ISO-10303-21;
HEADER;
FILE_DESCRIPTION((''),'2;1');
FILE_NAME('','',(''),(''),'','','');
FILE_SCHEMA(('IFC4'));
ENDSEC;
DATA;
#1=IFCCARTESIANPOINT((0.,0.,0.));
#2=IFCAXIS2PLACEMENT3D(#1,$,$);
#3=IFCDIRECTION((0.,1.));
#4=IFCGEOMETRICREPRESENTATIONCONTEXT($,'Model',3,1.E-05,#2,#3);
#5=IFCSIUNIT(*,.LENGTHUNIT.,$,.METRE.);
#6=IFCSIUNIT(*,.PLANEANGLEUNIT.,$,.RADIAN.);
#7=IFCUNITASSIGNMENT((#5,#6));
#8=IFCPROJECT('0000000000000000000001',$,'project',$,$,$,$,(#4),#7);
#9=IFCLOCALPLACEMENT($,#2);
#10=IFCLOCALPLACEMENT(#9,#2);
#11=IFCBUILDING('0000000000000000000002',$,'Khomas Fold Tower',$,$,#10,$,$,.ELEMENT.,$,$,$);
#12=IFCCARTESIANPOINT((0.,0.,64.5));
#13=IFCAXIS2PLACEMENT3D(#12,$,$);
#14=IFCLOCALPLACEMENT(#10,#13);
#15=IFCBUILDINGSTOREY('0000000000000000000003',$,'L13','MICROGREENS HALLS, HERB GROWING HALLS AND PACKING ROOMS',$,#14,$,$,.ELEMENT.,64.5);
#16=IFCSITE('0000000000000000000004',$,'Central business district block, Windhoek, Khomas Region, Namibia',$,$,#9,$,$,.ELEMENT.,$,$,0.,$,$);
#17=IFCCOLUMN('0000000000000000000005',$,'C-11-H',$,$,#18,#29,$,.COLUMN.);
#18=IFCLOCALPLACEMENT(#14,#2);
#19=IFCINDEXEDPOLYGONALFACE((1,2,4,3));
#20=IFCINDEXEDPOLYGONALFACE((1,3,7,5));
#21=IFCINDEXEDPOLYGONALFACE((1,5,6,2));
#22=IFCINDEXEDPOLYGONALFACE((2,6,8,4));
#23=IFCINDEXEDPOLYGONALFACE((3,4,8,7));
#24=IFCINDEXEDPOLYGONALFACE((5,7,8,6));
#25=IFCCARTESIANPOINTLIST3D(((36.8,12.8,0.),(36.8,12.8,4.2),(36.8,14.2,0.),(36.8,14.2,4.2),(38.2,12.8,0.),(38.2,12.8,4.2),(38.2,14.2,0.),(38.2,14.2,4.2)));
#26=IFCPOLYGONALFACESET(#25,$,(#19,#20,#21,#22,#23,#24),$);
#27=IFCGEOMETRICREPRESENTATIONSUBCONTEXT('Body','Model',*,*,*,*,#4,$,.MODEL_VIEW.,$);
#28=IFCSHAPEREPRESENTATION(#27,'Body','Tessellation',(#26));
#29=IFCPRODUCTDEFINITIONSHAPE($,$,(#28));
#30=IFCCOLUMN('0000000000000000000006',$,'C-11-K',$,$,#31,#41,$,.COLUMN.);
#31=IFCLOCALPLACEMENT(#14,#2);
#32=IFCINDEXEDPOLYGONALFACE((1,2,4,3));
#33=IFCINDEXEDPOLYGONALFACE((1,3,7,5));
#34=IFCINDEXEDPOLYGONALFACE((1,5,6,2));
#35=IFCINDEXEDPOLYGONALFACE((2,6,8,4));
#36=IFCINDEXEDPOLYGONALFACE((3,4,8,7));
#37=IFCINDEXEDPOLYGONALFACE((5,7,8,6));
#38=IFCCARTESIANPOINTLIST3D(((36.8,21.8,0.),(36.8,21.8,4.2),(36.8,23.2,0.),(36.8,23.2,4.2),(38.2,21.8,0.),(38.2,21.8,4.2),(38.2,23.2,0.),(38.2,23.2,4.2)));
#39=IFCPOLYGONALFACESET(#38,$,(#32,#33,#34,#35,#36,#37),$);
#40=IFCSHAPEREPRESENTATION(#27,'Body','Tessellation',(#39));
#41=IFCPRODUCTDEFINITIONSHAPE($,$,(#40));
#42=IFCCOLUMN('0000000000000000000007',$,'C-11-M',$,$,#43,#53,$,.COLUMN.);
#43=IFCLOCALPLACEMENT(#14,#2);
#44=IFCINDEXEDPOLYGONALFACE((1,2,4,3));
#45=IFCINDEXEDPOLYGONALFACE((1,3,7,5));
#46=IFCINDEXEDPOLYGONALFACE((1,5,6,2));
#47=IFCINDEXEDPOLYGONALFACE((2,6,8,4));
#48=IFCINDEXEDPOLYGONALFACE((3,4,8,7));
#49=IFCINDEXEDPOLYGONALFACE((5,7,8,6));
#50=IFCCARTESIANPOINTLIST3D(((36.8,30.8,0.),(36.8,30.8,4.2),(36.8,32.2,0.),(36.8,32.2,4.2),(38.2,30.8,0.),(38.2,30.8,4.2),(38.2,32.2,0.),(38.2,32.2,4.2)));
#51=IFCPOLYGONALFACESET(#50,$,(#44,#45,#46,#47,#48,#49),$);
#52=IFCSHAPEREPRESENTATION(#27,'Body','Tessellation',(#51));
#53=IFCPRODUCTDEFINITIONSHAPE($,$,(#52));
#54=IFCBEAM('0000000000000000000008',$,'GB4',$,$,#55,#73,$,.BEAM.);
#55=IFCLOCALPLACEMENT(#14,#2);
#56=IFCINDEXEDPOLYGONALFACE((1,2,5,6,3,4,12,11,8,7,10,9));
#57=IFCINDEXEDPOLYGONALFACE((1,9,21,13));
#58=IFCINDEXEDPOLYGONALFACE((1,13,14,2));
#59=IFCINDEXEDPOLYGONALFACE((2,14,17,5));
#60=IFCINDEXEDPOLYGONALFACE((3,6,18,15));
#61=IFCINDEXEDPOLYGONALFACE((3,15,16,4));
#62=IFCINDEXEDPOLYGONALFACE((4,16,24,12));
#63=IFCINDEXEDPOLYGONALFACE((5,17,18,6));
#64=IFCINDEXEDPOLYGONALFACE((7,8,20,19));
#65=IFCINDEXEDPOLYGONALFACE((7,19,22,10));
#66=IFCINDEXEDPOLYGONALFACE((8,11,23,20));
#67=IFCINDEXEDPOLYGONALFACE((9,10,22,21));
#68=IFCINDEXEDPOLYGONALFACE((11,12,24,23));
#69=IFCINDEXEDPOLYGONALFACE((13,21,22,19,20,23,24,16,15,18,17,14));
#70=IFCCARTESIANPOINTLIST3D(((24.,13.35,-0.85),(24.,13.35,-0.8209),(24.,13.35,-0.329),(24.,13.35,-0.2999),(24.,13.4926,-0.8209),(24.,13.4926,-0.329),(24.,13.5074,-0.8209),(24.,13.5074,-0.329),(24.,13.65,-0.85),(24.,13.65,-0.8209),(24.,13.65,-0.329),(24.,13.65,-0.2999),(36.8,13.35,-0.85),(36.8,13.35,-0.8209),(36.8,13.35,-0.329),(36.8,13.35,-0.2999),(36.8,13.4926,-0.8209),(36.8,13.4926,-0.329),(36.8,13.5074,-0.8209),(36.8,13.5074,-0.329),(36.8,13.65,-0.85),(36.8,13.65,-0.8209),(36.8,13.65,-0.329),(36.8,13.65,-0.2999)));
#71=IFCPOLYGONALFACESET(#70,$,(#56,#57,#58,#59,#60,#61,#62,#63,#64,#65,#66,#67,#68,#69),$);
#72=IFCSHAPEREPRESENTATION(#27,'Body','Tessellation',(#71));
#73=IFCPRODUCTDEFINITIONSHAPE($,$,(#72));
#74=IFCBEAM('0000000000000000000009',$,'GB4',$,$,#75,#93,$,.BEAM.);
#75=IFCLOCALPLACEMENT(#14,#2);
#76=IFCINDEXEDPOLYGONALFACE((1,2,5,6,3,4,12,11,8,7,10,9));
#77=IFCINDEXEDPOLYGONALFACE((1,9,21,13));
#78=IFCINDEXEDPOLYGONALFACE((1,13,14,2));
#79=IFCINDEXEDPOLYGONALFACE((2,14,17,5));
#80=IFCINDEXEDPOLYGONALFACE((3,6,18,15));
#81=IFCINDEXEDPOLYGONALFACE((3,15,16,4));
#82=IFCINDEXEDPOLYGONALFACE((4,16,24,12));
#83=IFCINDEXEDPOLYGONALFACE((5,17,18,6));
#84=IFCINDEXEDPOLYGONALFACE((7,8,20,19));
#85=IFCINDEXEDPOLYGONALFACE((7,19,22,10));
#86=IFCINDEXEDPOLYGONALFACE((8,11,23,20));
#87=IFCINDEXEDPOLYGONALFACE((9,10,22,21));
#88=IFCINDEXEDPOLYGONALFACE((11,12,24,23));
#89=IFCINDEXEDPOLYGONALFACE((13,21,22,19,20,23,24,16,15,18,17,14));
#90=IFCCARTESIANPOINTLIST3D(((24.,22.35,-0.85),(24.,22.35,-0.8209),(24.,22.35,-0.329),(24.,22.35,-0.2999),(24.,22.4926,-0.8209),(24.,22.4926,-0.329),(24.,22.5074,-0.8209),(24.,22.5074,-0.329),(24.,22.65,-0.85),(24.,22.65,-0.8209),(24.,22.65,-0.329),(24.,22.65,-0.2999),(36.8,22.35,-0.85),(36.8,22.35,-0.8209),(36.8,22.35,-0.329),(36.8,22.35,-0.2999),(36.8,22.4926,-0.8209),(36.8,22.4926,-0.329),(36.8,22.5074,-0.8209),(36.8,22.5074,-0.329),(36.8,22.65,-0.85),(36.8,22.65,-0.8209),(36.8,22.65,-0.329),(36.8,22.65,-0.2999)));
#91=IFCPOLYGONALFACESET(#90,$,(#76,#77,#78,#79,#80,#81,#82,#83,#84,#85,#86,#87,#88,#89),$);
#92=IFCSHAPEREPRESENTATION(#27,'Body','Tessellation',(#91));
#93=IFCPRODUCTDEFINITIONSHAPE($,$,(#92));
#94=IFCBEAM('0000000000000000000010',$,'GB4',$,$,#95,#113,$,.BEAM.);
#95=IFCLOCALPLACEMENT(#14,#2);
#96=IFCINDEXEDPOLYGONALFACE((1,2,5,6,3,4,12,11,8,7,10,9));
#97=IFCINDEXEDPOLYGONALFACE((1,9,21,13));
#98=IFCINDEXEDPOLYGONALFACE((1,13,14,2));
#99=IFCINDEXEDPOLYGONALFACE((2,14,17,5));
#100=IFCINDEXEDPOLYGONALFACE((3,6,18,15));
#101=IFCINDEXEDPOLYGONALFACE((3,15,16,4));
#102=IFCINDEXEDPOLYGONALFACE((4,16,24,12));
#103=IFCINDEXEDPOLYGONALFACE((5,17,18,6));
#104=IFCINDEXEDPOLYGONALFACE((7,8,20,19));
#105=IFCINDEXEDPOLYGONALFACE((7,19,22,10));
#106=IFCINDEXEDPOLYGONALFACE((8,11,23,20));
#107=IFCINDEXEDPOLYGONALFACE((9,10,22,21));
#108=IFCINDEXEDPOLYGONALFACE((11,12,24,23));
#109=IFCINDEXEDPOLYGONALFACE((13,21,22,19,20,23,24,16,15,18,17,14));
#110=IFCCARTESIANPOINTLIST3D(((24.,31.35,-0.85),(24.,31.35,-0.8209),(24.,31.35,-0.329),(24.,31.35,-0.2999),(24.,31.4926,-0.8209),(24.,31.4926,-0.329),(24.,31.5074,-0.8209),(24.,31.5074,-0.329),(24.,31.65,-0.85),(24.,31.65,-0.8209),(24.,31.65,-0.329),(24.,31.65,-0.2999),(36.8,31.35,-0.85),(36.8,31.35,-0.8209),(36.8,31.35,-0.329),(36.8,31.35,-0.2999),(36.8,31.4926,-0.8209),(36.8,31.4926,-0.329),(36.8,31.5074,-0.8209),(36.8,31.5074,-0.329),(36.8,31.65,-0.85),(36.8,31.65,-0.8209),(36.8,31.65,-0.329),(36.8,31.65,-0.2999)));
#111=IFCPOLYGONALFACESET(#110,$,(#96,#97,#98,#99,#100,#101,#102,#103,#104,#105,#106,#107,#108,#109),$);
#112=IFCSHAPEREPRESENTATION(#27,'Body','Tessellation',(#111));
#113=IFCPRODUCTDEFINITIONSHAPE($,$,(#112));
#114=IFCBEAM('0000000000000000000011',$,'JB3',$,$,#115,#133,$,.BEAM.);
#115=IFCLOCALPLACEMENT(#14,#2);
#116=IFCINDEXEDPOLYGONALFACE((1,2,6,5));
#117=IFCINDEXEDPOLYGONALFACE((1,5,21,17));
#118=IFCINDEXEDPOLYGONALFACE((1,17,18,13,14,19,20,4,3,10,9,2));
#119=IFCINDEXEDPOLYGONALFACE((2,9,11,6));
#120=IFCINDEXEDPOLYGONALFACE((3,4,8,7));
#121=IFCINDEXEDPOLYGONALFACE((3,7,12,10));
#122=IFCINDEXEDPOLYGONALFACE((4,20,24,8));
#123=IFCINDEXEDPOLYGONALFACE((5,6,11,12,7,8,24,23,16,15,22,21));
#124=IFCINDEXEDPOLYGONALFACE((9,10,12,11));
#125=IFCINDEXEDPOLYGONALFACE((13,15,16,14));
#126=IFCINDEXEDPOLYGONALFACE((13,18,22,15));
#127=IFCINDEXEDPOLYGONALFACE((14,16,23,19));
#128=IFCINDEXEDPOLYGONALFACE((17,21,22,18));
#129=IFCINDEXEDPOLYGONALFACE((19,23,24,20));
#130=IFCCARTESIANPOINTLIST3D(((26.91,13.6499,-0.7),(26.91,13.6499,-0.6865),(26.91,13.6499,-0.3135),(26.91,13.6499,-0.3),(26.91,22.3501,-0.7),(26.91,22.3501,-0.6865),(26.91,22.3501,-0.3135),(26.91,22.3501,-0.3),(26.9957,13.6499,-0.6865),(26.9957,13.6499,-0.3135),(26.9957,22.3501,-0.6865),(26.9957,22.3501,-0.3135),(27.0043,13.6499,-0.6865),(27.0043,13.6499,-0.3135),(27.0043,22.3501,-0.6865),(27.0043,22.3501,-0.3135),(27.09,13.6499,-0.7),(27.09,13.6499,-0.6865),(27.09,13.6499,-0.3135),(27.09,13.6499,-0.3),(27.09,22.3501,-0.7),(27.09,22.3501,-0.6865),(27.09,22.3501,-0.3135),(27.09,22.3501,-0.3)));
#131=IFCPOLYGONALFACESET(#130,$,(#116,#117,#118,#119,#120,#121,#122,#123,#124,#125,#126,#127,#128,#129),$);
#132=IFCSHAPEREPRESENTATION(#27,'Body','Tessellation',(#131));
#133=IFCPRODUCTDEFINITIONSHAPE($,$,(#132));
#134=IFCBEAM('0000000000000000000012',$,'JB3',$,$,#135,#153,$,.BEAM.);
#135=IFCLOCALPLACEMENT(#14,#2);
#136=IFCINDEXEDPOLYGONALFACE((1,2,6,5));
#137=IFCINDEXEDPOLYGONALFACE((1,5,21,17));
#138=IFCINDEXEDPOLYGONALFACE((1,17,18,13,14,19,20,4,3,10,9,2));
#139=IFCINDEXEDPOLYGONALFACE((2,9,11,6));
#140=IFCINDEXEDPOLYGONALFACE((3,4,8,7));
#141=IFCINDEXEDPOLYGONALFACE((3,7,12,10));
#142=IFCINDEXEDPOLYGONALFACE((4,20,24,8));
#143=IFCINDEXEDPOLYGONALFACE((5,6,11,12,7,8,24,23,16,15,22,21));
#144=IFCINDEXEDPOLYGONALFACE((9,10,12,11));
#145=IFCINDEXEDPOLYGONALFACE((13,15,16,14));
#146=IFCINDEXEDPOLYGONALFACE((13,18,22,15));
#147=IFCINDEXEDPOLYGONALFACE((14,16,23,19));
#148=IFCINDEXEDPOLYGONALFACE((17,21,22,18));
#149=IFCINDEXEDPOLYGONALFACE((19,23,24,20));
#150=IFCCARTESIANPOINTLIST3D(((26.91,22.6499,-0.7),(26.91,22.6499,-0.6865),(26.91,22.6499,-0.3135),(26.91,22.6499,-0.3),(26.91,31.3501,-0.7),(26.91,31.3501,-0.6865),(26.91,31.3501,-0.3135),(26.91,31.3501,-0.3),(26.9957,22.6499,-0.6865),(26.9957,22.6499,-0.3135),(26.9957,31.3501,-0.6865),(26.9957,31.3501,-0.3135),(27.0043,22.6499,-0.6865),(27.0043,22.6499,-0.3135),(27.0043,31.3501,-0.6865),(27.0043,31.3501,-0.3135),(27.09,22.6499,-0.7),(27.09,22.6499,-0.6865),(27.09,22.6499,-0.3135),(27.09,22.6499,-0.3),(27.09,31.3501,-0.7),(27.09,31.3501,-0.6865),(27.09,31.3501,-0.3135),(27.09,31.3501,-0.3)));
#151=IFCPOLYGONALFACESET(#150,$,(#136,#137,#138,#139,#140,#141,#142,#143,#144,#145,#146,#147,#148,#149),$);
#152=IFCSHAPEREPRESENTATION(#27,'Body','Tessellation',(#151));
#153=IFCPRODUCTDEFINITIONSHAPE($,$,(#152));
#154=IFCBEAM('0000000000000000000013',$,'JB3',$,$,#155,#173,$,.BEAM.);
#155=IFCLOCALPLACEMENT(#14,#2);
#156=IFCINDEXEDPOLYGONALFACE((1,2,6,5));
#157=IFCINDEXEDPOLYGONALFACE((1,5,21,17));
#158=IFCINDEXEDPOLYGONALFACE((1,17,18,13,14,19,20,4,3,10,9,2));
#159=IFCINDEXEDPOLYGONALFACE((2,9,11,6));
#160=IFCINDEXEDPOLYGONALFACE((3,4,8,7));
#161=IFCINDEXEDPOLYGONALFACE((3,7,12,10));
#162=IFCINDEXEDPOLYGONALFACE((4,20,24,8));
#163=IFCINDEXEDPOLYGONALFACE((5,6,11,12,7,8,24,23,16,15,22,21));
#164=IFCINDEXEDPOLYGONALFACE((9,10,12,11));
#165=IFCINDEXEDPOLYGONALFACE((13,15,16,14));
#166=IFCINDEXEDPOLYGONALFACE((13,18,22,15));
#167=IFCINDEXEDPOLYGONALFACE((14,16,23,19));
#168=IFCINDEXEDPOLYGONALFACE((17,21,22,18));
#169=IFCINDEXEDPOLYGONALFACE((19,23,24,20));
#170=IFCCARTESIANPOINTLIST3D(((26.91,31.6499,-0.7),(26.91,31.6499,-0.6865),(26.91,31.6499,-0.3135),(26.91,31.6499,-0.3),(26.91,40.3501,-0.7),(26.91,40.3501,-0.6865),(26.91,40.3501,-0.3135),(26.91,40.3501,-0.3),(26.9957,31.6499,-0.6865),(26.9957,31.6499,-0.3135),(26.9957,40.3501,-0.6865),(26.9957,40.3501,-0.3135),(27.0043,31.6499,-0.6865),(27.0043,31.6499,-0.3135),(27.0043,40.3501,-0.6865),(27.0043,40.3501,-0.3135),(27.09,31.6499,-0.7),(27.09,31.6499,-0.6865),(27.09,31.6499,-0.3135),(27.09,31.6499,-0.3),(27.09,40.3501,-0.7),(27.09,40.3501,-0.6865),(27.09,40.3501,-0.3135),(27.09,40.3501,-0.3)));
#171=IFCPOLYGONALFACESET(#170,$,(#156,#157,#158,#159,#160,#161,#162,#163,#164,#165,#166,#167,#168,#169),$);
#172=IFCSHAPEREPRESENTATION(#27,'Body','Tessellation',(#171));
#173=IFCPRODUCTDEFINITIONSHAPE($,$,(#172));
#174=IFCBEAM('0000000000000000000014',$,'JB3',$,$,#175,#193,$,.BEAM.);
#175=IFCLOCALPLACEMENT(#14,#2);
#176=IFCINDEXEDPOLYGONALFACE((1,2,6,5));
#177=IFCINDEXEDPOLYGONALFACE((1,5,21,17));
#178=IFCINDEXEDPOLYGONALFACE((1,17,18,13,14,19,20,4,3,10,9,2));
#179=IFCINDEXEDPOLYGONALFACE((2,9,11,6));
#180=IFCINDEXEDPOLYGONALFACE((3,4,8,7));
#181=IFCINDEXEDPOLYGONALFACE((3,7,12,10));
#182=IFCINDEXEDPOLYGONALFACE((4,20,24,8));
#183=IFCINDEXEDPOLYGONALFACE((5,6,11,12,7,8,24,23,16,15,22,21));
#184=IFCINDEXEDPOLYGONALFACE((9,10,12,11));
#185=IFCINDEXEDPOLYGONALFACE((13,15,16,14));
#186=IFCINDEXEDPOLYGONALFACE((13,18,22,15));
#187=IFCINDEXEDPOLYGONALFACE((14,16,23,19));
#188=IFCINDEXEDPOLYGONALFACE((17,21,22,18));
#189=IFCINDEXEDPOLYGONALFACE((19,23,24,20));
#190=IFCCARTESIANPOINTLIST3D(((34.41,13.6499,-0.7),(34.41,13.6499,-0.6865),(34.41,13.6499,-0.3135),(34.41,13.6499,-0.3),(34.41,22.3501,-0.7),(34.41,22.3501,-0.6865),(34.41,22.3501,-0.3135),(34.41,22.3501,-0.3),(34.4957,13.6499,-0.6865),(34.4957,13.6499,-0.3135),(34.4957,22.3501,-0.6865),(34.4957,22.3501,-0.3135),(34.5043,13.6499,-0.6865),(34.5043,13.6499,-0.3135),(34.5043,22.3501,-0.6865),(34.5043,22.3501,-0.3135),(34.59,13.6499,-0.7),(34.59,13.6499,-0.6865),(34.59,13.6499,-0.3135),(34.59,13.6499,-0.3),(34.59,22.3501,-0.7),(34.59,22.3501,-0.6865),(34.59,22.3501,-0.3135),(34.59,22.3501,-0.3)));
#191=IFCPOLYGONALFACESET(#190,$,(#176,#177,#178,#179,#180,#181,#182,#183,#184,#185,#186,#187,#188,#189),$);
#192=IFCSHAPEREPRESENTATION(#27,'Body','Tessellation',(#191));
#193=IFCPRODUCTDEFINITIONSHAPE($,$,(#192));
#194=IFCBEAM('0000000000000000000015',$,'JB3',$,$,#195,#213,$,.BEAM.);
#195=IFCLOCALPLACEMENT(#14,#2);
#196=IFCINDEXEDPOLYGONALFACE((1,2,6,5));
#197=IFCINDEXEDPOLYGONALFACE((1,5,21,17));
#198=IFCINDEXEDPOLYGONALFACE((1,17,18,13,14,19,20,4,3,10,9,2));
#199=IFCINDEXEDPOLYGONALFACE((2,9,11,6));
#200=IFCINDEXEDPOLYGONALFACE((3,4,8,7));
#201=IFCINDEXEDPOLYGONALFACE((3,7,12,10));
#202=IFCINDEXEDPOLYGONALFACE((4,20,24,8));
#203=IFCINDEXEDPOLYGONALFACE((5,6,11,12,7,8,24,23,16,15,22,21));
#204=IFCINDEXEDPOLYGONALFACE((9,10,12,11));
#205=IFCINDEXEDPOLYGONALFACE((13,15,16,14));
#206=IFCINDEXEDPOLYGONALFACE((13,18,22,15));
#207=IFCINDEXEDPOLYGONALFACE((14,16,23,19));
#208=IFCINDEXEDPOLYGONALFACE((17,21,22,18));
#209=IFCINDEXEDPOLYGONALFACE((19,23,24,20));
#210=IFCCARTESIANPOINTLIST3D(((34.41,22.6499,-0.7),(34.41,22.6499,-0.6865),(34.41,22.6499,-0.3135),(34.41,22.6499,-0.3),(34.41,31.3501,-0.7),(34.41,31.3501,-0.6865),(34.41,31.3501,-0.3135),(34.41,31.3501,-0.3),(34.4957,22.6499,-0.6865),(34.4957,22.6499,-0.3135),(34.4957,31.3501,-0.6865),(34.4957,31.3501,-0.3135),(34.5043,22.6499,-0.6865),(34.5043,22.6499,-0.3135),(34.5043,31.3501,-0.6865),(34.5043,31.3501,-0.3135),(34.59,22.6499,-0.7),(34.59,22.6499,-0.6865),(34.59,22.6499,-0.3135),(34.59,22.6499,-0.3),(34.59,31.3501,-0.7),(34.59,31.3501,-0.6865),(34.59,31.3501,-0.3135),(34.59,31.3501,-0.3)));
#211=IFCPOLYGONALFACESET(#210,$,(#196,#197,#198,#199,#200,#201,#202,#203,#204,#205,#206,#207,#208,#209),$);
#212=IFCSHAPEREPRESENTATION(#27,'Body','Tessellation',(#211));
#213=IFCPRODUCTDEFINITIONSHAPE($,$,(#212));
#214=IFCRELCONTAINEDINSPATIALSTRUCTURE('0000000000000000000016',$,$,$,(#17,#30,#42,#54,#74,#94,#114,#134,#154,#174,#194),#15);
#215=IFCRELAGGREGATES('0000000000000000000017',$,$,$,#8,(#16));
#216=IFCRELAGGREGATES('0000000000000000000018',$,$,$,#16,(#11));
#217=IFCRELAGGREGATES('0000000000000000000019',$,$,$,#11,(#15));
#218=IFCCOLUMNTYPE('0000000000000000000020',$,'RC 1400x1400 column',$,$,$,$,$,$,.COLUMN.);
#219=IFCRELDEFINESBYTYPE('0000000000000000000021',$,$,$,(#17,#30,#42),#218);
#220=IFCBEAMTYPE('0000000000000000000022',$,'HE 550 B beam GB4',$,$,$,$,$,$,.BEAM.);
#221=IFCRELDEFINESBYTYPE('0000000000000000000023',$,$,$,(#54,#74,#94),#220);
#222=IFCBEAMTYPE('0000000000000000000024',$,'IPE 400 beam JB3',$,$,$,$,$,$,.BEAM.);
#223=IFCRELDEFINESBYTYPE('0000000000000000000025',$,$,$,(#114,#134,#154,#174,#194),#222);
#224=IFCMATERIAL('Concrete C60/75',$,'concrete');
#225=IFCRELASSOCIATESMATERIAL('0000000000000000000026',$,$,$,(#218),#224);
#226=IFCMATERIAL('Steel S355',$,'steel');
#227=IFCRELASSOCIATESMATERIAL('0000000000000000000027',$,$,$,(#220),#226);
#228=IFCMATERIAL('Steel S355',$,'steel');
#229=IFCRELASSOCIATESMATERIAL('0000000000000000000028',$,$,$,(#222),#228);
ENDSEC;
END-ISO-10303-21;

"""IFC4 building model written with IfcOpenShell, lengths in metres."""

from ifc_helpers import new_model, si_unit, direction, frame, origin, origin_2d, place, context, subcontext, project, spatial, rectangle, i_section, extrude, source, transform, mapped, material, material_profile, profile_set, type_object, element, save


model = new_model("IFC4")

# Units and contexts
model_context = context("Model", 3, precision=1e-05, world=origin(), true_north=direction((0.0, 1.0)))
body_context = subcontext(model_context, "Body", "Model", "MODEL_VIEW")
ifc_project = project(units=[si_unit("LENGTHUNIT", "METRE"), si_unit("PLANEANGLEUNIT", "RADIAN")], contexts=[model_context])

# Site, building, storey
site_placement = place(None, origin())
site = spatial("IfcSite", under=ifc_project, at=site_placement, Name="Central business district block, Windhoek, Khomas Region, Namibia", CompositionType="ELEMENT", RefElevation=0.0)
building_placement = place(site_placement, origin())
building = spatial("IfcBuilding", under=site, at=building_placement, Name="Khomas Fold Tower", CompositionType="ELEMENT")
storey_placement = place(building_placement, frame((0.0, 0.0, 64.5)))
storey = spatial("IfcBuildingStorey", under=building, at=storey_placement, Name="L13", Description="MICROGREENS HALLS, HERB GROWING HALLS AND PACKING ROOMS", CompositionType="ELEMENT", Elevation=64.5)

# Columns
ifc_material_1 = material(Name="Concrete C60/75", Category="concrete")
ifc_material_profile_1 = material_profile(ifc_material_1, rectangle(XDim=1.3999, YDim=1.3999, at=origin_2d()), Name="RC 1400x1400")
ifc_profile_set_1 = profile_set([ifc_material_profile_1], Name="Concrete C60/75")
column_type = type_object("IfcColumnType", Name="RC 1400x1400 column", PredefinedType="COLUMN", material=ifc_profile_set_1)
shared_shape_1 = source(origin(), body_context, "Body", "SweptSolid", [
    extrude(rectangle(XDim=1.3999, YDim=1.3999, at=origin_2d()), origin(), (0.0, 0.0, 1.0), 4.2),
])
for number, where, z_axis, x_axis, name in (
    (1, (37.5, 13.5, 0.0), (0.0, 0.0, 1.0), (1.0, 0.0, 0.0), "C-11-H"),
    (2, (37.5, 22.5, 0.0), (0.0, 0.0, 1.0), (1.0, 0.0, 0.0), "C-11-K"),
    (3, (37.5, 31.5, 0.0), (0.0, 0.0, 1.0), (1.0, 0.0, 0.0), "C-11-M"),
):
    element("IfcColumn", number, at=place(storey_placement, frame(where, z_axis=z_axis, x_axis=x_axis)), inside=storey, type_object=column_type, Name=name, PredefinedType="COLUMN", context=body_context, shape_type="MappedRepresentation", body=[
        mapped(shared_shape_1, transform((0.0, 0.0, 0.0))),
    ])

# Beams
ifc_material_2 = material(Name="Steel S355", Category="steel")
ifc_material_profile_2 = material_profile(ifc_material_2, i_section(OverallWidth=0.3, OverallDepth=0.55, WebThickness=0.0149, FlangeThickness=0.0291, at=origin_2d()), Name="HE 550 B")
ifc_profile_set_2 = profile_set([ifc_material_profile_2], Name="Steel S355")
beam_type_1 = type_object("IfcBeamType", Name="HE 550 B beam GB4", PredefinedType="BEAM", material=ifc_profile_set_2)
shared_shape_2 = source(origin(), body_context, "Body", "SweptSolid", [
    extrude(i_section(OverallWidth=0.3, OverallDepth=0.55, WebThickness=0.0149, FlangeThickness=0.0291, at=origin_2d()), origin(), (0.0, 0.0, 1.0), 12.8),
])
for number, where, z_axis, x_axis, name in (
    (4, (24.0, 13.5, -0.575), (1.0, 0.0, 0.0), (0.0, 1.0, 0.0), "GB4"),
    (5, (24.0, 22.5, -0.575), (1.0, 0.0, 0.0), (0.0, 1.0, 0.0), "GB4"),
    (6, (24.0, 31.5, -0.575), (1.0, 0.0, 0.0), (0.0, 1.0, 0.0), "GB4"),
):
    element("IfcBeam", number, at=place(storey_placement, frame(where, z_axis=z_axis, x_axis=x_axis)), inside=storey, type_object=beam_type_1, Name=name, PredefinedType="BEAM", context=body_context, shape_type="MappedRepresentation", body=[
        mapped(shared_shape_2, transform((0.0, 0.0, 0.0))),
    ])
ifc_material_3 = material(Name="Steel S355", Category="steel")
ifc_material_profile_3 = material_profile(ifc_material_3, i_section(OverallWidth=0.1799, OverallDepth=0.3999, WebThickness=0.0085, FlangeThickness=0.0134, at=origin_2d()), Name="IPE 400")
ifc_profile_set_3 = profile_set([ifc_material_profile_3], Name="Steel S355")
beam_type_2 = type_object("IfcBeamType", Name="IPE 400 beam JB3", PredefinedType="BEAM", material=ifc_profile_set_3)
shared_shape_3 = source(origin(), body_context, "Body", "SweptSolid", [
    extrude(i_section(OverallWidth=0.1799, OverallDepth=0.3999, WebThickness=0.0085, FlangeThickness=0.0134, at=origin_2d()), origin(), (0.0, 0.0, 1.0), 8.7002),
])
for number, where, z_axis, x_axis, name in (
    (7, (27.0, 13.6499, -0.5), (0.0, 1.0, 0.0), (-1.0, 0.0, 0.0), "JB3"),
    (8, (27.0, 22.6499, -0.5), (0.0, 1.0, 0.0), (-1.0, 0.0, 0.0), "JB3"),
    (9, (27.0, 31.6499, -0.5), (0.0, 1.0, 0.0), (-1.0, 0.0, 0.0), "JB3"),
    (10, (34.5, 13.6499, -0.5), (0.0, 1.0, 0.0), (-1.0, 0.0, 0.0), "JB3"),
    (11, (34.5, 22.6499, -0.5), (0.0, 1.0, 0.0), (-1.0, 0.0, 0.0), "JB3"),
):
    element("IfcBeam", number, at=place(storey_placement, frame(where, z_axis=z_axis, x_axis=x_axis)), inside=storey, type_object=beam_type_2, Name=name, PredefinedType="BEAM", context=body_context, shape_type="MappedRepresentation", body=[
        mapped(shared_shape_3, transform((0.0, 0.0, 0.0))),
    ])

save(model, "model.ifc")
